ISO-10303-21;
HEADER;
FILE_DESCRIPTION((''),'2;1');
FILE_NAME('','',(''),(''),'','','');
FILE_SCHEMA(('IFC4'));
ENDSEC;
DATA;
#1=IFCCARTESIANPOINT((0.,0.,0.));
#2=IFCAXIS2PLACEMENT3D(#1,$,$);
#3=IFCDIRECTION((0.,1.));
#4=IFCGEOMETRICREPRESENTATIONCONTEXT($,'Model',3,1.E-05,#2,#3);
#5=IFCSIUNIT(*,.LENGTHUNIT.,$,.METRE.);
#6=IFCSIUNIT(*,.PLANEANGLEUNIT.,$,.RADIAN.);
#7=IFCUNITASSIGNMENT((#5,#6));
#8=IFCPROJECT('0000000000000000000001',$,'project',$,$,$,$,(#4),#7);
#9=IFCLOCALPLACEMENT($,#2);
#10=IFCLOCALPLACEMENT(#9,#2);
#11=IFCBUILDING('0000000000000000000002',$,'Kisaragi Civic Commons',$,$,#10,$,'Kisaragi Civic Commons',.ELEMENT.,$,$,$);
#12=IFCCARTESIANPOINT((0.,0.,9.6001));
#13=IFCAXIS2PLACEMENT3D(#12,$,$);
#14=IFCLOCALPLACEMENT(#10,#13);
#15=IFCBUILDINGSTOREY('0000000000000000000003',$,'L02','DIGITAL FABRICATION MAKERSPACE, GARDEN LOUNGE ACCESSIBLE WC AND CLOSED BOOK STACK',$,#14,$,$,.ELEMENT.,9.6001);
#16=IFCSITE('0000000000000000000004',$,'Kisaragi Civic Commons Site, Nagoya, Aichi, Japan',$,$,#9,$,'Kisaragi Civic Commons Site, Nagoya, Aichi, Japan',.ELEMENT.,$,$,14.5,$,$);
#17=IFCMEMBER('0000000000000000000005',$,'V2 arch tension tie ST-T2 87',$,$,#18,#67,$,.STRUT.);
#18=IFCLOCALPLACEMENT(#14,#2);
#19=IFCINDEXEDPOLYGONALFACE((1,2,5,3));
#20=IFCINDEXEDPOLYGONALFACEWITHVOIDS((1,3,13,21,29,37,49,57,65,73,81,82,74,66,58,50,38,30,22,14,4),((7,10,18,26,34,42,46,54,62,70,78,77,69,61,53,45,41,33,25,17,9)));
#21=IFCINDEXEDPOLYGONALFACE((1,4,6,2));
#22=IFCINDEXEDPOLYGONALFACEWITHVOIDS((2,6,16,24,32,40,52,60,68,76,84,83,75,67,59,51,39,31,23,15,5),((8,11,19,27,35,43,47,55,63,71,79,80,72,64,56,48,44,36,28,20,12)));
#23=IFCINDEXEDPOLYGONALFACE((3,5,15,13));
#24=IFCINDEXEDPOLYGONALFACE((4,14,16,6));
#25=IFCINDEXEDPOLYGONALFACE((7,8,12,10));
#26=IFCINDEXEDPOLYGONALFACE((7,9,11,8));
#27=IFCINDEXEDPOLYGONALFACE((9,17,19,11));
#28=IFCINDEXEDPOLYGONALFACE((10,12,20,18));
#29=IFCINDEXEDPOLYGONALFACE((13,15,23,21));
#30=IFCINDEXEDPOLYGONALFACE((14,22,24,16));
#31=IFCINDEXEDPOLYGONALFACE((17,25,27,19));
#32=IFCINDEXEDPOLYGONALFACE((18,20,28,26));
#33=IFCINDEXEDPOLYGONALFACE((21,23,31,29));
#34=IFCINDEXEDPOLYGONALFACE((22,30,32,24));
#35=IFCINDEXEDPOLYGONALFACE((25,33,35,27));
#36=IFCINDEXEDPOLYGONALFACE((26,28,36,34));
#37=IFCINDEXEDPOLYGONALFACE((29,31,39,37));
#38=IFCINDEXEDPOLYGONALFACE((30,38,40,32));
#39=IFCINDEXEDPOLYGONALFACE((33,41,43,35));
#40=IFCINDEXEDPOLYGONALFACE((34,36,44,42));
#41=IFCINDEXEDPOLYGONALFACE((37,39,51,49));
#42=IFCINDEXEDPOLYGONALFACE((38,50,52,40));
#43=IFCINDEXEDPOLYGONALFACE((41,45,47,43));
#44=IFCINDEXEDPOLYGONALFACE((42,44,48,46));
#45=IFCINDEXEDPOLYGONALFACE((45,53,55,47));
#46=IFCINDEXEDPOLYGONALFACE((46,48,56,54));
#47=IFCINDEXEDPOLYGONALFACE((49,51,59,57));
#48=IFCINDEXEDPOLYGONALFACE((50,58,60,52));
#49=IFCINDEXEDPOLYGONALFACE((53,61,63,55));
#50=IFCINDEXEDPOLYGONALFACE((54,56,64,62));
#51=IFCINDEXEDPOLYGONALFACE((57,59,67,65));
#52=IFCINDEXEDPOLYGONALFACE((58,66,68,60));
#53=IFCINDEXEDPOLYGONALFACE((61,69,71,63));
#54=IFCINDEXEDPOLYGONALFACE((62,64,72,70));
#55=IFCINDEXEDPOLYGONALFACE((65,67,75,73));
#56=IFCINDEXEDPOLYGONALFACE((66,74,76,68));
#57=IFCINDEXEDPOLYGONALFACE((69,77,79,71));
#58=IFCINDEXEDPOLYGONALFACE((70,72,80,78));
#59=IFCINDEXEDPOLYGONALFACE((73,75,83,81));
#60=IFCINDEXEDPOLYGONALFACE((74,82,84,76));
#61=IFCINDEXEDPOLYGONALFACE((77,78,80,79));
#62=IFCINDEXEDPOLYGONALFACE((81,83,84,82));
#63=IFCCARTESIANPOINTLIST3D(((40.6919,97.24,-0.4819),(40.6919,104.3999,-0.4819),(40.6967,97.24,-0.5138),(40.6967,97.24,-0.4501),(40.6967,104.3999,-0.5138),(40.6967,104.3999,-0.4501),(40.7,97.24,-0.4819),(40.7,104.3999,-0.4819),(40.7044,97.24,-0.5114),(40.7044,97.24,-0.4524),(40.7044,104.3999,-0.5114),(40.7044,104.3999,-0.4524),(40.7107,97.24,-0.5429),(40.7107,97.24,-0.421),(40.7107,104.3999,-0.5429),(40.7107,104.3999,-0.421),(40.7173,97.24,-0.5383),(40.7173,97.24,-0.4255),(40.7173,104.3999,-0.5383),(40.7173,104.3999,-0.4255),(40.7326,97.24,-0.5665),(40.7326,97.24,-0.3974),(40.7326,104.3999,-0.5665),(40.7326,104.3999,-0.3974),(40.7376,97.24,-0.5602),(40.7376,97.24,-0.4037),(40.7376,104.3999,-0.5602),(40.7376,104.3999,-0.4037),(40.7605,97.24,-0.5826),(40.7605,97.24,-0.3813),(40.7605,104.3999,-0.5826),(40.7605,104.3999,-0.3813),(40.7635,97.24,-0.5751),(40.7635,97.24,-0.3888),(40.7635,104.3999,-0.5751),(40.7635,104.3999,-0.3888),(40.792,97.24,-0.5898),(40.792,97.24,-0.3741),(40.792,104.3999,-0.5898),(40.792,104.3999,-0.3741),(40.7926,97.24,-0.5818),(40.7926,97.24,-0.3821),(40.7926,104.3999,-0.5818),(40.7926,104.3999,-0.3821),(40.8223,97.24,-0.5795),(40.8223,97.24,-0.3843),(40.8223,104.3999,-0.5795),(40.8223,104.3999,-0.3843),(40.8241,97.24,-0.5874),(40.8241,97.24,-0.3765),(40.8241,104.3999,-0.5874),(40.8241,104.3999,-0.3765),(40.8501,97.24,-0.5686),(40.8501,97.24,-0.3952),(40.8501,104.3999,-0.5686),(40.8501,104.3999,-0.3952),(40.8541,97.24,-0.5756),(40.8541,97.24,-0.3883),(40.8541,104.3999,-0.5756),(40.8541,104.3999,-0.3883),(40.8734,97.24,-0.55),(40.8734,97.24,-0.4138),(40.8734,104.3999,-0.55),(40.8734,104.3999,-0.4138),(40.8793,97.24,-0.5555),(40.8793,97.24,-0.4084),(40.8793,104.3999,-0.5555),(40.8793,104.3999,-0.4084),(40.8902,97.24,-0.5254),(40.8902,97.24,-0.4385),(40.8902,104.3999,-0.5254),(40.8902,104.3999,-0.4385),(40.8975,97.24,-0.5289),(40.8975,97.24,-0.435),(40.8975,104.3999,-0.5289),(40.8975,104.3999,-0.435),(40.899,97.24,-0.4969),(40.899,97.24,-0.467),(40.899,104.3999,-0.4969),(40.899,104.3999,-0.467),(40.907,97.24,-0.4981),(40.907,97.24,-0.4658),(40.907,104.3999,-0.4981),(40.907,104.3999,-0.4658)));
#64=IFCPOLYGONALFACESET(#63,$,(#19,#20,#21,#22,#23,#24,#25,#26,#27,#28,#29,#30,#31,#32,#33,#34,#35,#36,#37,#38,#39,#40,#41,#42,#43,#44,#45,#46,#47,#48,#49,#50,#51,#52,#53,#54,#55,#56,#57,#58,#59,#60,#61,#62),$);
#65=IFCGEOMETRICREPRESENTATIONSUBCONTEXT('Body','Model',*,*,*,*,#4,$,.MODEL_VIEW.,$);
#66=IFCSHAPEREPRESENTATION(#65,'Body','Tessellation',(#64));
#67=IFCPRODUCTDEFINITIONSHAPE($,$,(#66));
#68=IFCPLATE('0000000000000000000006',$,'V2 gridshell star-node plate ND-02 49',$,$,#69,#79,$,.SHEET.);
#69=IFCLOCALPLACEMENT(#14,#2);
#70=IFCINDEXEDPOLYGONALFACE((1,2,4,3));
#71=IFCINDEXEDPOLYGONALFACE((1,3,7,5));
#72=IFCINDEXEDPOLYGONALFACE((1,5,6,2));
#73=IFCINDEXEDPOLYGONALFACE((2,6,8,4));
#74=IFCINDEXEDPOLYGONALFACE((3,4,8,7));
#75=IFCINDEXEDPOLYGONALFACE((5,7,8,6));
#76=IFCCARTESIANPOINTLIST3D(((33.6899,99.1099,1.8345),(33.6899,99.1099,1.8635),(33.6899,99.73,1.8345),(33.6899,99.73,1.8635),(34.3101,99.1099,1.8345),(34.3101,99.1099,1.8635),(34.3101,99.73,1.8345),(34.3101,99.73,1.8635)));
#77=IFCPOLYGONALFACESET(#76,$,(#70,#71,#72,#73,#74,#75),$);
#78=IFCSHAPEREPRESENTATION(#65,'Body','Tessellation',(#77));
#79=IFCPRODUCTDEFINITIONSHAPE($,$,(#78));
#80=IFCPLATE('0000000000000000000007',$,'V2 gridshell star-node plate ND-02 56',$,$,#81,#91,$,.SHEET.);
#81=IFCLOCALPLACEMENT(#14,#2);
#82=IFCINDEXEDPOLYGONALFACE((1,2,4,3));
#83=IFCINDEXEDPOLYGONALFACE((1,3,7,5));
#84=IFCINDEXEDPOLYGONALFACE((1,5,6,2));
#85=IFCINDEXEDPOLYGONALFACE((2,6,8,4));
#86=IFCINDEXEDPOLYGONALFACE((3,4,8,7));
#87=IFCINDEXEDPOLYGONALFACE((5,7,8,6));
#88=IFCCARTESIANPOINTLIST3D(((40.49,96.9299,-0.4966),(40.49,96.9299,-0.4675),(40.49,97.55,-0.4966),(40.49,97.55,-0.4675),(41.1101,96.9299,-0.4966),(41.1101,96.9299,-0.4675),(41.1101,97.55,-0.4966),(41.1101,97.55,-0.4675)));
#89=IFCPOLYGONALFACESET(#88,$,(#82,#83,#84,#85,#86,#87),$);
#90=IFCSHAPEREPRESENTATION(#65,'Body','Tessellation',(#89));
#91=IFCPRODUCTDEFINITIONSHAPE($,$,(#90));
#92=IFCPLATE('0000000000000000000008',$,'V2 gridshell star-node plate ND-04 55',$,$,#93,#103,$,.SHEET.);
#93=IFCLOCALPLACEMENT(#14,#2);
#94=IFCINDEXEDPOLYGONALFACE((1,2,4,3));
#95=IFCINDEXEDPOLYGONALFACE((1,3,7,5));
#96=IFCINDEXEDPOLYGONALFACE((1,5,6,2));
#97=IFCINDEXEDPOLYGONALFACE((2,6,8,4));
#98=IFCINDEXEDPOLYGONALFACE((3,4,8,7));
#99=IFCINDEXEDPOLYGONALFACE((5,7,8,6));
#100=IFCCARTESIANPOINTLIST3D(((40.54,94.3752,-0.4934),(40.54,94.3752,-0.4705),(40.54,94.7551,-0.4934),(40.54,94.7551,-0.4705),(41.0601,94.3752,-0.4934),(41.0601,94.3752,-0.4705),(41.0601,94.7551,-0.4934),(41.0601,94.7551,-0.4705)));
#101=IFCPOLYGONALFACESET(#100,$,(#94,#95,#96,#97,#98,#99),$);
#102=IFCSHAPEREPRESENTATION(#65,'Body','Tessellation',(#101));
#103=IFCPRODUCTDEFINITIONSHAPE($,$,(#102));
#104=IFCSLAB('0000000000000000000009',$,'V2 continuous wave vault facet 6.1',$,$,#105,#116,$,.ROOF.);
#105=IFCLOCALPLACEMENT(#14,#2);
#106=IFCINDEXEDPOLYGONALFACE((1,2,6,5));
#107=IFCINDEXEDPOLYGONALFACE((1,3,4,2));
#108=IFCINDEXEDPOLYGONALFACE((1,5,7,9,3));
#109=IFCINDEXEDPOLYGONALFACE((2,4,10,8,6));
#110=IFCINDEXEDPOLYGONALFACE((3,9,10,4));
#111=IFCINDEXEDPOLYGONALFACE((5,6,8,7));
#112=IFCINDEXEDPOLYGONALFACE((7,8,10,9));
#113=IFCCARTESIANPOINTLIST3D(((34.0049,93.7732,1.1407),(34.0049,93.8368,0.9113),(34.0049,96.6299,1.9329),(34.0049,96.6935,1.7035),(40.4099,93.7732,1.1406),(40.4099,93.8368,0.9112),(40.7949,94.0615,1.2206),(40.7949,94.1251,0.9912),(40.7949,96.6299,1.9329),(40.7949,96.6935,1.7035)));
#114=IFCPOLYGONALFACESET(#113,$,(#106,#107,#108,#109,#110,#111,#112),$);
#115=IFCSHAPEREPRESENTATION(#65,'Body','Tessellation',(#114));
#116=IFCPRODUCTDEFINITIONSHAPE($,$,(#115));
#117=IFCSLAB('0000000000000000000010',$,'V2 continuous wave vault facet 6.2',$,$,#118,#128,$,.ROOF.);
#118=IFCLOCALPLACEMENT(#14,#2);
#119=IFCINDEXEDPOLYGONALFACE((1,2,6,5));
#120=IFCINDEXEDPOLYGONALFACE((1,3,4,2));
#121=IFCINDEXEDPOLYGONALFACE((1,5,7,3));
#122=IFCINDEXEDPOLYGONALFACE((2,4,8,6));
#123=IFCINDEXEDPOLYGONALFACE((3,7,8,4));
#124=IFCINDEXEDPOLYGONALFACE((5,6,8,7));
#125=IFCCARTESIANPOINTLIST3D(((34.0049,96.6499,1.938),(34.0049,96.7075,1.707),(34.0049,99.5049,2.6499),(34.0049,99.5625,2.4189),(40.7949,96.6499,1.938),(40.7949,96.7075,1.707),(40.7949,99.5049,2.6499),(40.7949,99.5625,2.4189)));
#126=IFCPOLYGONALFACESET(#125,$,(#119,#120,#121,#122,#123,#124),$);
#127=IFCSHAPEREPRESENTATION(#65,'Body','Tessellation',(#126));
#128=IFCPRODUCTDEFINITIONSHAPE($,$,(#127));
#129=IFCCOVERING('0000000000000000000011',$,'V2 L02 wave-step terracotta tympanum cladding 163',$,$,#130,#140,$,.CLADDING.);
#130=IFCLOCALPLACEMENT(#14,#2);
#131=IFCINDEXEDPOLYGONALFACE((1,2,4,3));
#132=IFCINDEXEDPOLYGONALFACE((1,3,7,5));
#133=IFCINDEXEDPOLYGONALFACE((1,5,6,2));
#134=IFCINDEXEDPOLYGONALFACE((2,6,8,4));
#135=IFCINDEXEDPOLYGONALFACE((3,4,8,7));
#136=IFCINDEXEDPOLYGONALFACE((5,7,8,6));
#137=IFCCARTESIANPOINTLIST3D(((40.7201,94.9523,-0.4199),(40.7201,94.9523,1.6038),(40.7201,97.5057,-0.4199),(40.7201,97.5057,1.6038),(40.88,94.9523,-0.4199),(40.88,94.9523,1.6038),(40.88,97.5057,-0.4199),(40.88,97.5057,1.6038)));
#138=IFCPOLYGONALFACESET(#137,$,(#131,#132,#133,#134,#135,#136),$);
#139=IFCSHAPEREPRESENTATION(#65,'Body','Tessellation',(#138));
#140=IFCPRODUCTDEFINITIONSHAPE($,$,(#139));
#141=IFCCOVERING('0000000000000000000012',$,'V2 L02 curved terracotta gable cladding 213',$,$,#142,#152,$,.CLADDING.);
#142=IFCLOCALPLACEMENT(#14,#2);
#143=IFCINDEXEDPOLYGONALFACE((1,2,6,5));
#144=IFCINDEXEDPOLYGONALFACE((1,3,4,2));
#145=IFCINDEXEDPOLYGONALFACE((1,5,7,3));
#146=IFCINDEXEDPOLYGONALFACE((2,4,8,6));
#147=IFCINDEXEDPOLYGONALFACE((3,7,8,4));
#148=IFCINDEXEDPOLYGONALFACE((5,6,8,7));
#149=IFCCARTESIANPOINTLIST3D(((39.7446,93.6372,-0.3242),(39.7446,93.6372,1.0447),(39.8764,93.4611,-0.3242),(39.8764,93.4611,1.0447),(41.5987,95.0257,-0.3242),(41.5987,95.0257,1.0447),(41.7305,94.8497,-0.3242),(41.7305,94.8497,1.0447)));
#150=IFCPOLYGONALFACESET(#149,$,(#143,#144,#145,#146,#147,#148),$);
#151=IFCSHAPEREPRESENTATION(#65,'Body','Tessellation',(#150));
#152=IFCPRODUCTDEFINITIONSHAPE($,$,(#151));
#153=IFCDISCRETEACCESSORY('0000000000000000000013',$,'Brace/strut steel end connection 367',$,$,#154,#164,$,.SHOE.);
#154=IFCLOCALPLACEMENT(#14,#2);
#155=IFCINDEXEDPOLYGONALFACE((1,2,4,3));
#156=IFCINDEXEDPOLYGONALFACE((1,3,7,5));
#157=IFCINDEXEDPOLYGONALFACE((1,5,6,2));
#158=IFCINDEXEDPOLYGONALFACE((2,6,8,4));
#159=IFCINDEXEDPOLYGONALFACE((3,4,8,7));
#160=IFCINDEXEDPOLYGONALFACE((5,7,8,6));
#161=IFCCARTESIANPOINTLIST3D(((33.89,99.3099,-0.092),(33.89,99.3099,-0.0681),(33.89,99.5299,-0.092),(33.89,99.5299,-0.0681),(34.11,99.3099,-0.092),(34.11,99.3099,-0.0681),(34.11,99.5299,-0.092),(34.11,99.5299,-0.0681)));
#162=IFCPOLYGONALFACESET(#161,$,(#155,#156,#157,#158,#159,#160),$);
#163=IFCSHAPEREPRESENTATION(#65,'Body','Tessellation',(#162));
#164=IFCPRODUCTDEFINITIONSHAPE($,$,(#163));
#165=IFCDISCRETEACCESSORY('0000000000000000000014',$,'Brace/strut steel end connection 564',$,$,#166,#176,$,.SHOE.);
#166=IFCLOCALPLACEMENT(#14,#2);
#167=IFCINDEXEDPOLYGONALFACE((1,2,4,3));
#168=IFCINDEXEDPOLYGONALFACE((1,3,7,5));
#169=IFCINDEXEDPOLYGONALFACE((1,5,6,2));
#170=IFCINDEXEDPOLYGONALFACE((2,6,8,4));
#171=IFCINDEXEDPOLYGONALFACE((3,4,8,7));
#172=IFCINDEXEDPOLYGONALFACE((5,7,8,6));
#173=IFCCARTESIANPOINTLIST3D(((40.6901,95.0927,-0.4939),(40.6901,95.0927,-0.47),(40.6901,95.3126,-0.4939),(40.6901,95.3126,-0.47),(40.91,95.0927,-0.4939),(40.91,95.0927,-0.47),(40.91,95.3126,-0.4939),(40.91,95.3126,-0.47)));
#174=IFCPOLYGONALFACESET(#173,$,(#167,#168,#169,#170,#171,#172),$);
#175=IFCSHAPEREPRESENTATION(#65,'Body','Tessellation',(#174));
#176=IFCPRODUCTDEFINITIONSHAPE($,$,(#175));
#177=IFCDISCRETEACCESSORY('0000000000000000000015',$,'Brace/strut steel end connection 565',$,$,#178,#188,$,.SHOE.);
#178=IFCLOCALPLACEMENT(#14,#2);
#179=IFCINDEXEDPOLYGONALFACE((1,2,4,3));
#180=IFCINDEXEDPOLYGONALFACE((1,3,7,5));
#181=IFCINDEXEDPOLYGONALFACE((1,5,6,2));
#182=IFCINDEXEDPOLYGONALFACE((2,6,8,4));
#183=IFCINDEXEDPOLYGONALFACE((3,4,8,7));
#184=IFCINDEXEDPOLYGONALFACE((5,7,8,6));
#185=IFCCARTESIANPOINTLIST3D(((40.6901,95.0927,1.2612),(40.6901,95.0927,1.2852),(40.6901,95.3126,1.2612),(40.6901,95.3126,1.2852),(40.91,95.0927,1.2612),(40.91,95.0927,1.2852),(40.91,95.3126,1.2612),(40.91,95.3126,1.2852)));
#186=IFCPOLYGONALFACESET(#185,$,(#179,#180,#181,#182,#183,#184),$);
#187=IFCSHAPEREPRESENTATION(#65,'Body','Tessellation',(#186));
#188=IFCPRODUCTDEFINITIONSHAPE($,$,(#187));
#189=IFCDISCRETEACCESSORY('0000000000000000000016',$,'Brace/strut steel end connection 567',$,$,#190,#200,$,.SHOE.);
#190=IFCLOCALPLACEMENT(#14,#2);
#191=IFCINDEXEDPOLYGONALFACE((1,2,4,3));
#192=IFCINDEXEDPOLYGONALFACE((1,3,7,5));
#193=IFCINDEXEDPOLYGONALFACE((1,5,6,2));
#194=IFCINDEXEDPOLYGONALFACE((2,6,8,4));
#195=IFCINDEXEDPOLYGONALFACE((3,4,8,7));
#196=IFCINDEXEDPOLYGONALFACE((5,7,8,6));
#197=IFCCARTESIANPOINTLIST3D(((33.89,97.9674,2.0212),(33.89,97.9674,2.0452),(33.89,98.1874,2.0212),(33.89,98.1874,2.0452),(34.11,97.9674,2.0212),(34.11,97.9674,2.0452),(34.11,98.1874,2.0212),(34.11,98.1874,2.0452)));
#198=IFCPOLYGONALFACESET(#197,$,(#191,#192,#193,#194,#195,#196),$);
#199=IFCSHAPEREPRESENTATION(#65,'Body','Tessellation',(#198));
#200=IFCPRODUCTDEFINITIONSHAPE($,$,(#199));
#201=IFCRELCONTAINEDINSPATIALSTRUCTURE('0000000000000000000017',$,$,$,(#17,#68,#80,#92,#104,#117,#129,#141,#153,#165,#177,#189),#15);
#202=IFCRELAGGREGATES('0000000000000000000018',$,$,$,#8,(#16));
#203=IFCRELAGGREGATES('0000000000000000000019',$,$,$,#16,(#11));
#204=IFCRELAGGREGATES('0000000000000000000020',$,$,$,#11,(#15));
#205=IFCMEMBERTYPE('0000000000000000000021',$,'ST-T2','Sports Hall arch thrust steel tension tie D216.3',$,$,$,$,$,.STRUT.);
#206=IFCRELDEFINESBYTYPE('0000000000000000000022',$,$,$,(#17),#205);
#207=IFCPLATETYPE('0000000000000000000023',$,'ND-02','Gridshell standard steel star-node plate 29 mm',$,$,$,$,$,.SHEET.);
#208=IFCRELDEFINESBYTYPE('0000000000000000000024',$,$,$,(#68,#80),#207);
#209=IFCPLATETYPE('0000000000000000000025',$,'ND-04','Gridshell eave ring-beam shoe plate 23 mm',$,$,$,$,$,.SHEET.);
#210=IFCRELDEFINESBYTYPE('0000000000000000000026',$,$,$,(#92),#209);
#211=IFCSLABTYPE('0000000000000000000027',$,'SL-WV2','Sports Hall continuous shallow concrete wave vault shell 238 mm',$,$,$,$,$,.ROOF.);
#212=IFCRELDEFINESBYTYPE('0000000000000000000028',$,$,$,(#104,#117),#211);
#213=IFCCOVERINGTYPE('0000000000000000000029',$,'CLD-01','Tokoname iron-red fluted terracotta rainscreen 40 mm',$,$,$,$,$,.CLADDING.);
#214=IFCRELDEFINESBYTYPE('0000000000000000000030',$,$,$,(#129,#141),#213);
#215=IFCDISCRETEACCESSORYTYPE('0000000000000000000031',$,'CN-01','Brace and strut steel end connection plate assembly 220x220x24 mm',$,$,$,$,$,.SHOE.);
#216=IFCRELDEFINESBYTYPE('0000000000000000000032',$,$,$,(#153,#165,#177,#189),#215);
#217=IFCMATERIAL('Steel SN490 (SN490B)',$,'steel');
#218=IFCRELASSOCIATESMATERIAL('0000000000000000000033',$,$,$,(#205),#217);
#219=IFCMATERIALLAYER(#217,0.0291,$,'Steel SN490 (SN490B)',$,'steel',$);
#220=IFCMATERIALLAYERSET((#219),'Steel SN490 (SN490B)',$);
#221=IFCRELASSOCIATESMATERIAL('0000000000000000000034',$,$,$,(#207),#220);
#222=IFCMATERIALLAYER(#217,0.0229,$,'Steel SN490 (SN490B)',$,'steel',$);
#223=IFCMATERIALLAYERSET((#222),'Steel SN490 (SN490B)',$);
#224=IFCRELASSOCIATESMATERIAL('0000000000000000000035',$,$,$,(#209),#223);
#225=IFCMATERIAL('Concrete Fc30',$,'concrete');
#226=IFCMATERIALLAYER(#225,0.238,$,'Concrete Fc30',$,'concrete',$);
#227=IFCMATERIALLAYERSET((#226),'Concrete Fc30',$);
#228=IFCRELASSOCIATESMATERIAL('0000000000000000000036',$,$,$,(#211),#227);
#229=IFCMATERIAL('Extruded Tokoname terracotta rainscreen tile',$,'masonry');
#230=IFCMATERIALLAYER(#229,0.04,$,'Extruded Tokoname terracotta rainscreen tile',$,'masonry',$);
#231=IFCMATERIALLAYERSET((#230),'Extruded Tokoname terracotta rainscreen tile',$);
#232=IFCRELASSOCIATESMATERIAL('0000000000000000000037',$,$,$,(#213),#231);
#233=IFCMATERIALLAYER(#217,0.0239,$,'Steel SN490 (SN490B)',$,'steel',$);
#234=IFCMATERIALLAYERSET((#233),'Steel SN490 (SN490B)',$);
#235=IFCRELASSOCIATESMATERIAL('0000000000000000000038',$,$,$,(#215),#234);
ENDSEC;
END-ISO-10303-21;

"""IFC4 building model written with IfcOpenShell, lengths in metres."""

from ifc_helpers import new_model, si_unit, direction, frame, origin, origin_2d, place, context, subcontext, project, spatial, polyline, rectangle, hollow_circle, outline, extrude, material, layer, layer_set, material_profile, profile_set, type_object, element, save


model = new_model("IFC4")

# Units and contexts
model_context = context("Model", 3, precision=1e-05, world=origin(), true_north=direction((0.0, 1.0)))
body_context = subcontext(model_context, "Body", "Model", "MODEL_VIEW")
ifc_project = project(units=[si_unit("LENGTHUNIT", "METRE"), si_unit("PLANEANGLEUNIT", "RADIAN")], contexts=[model_context])

# Site, building, storey
site_placement = place(None, origin())
site = spatial("IfcSite", under=ifc_project, at=site_placement, Name="Kisaragi Civic Commons Site, Nagoya, Aichi, Japan", LongName="Kisaragi Civic Commons Site, Nagoya, Aichi, Japan", CompositionType="ELEMENT", RefElevation=14.5)
building_placement = place(site_placement, origin())
building = spatial("IfcBuilding", under=site, at=building_placement, Name="Kisaragi Civic Commons", LongName="Kisaragi Civic Commons", CompositionType="ELEMENT")
storey_placement = place(building_placement, frame((0.0, 0.0, 9.6001)))
storey = spatial("IfcBuildingStorey", under=building, at=storey_placement, Name="L02", Description="DIGITAL FABRICATION MAKERSPACE, GARDEN LOUNGE ACCESSIBLE WC AND CLOSED BOOK STACK", CompositionType="ELEMENT", Elevation=9.6001)

# Member
ifc_material_1 = material(Name="Steel SN490 (SN490B)", Category="steel")
ifc_material_profile_1 = material_profile(ifc_material_1, hollow_circle(Radius=0.1082, WallThickness=0.0081, at=origin_2d()), Name="CHS-216.3x8.0", Category="steel")
ifc_profile_set_1 = profile_set([ifc_material_profile_1], Name="Steel SN490 (SN490B)")
member_type_1 = type_object("IfcMemberType", Name="ST-T2", Description="Sports Hall arch thrust steel tension tie D216.3", PredefinedType="STRUT", material=ifc_profile_set_1)
member_1_placement = place(storey_placement, frame((40.8, 97.24, -0.4819), z_axis=(0.0, 1.0, 0.0), x_axis=(-1.0, 0.0, 0.0)))
element("IfcMember", 1, at=member_1_placement, inside=storey, type_object=member_type_1, Name="V2 arch tension tie ST-T2 87", PredefinedType="STRUT", context=body_context, shape_type="SweptSolid", body=[
    extrude(hollow_circle(Radius=0.1082, WallThickness=0.0081, at=origin_2d()), origin(), (0.0, 0.0, 1.0), 7.1599),
])

# Plates
ifc_layer_1 = layer(ifc_material_1, 0.0291, Name="Steel SN490 (SN490B)", Category="steel")
ifc_layer_set_1 = layer_set([ifc_layer_1], Name="Steel SN490 (SN490B)")
plate_type_1 = type_object("IfcPlateType", Name="ND-02", Description="Gridshell standard steel star-node plate 29 mm", PredefinedType="SHEET", material=ifc_layer_set_1)
for number, where, z_axis, x_axis, name in (
    (2, (34.0, 99.4199, 1.8345), (0.0, 0.0, 1.0), (1.0, 0.0, 0.0), "V2 gridshell star-node plate ND-02 49"),
    (3, (40.8, 97.24, -0.4966), (0.0, 0.0, 1.0), (1.0, 0.0, 0.0), "V2 gridshell star-node plate ND-02 56"),
):
    element("IfcPlate", number, at=place(storey_placement, frame(where, z_axis=z_axis, x_axis=x_axis)), inside=storey, type_object=plate_type_1, Name=name, PredefinedType="SHEET", context=body_context, shape_type="SweptSolid", body=[
        extrude(rectangle(XDim=0.6201, YDim=0.6201, at=origin_2d()), origin(), (0.0, 0.0, 1.0), 0.0291),
    ])
ifc_layer_2 = layer(ifc_material_1, 0.0229, Name="Steel SN490 (SN490B)", Category="steel")
ifc_layer_set_2 = layer_set([ifc_layer_2], Name="Steel SN490 (SN490B)")
plate_type_2 = type_object("IfcPlateType", Name="ND-04", Description="Gridshell eave ring-beam shoe plate 23 mm", PredefinedType="SHEET", material=ifc_layer_set_2)
plate_placement = place(storey_placement, frame((40.8, 94.5652, -0.4934), z_axis=(0.0, 0.0, 1.0), x_axis=(1.0, 0.0, 0.0)))
element("IfcPlate", 4, at=plate_placement, inside=storey, type_object=plate_type_2, Name="V2 gridshell star-node plate ND-04 55", PredefinedType="SHEET", context=body_context, shape_type="SweptSolid", body=[
    extrude(rectangle(XDim=0.52, YDim=0.3799, at=origin_2d()), origin(), (0.0, 0.0, 1.0), 0.0229),
])

# Slabs
ifc_material_2 = material(Name="Concrete Fc30", Category="concrete")
ifc_layer_3 = layer(ifc_material_2, 0.238, Name="Concrete Fc30", Category="concrete")
ifc_layer_set_3 = layer_set([ifc_layer_3], Name="Concrete Fc30")
slab_type = type_object("IfcSlabType", Name="SL-WV2", Description="Sports Hall continuous shallow concrete wave vault shell 238 mm", PredefinedType="ROOF", material=ifc_layer_set_3)
slab_1_placement = place(storey_placement, frame((40.7949, 96.6299, 1.9329), z_axis=(0.000009, -0.267241, 0.96363), x_axis=(-1.0, -0.000002, 0.000009)))
element("IfcSlab", 5, at=slab_1_placement, inside=storey, type_object=slab_type, Name="V2 continuous wave vault facet 6.1", PredefinedType="ROOF", context=body_context, shape_type="SweptSolid", body=[
    extrude(outline(polyline([(0.0, 0.0), (6.79, 0.0), (6.79, 2.9645), (0.385, 2.9645), (0.0, 2.6653), (0.0, 0.0)])), origin(), (0.0, 0.0, -1.0), 0.238),
])
slab_2_placement = place(storey_placement, frame((40.7949, 99.5049, 2.6499), z_axis=(0.0, -0.24195, 0.970289), x_axis=(-1.0, 0.0, 0.0)))
element("IfcSlab", 6, at=slab_2_placement, inside=storey, type_object=slab_type, Name="V2 continuous wave vault facet 6.2", PredefinedType="ROOF", context=body_context, shape_type="SweptSolid", body=[
    extrude(outline(polyline([(0.0, 0.0), (6.79, 0.0), (6.79, 2.9424), (0.0, 2.9424), (0.0, 0.0)])), origin(), (0.0, 0.0, -1.0), 0.238),
])

# Coverings
ifc_material_3 = material(Name="Extruded Tokoname terracotta rainscreen tile", Category="masonry")
ifc_layer_4 = layer(ifc_material_3, 0.04, Name="Extruded Tokoname terracotta rainscreen tile", Category="masonry")
ifc_layer_set_4 = layer_set([ifc_layer_4], Name="Extruded Tokoname terracotta rainscreen tile")
covering_type = type_object("IfcCoveringType", Name="CLD-01", Description="Tokoname iron-red fluted terracotta rainscreen 40 mm", PredefinedType="CLADDING", material=ifc_layer_set_4)
covering_1_placement = place(storey_placement, frame((40.8, 96.229, -0.4199), z_axis=(0.0, 0.0, 1.0), x_axis=(0.0, 1.0, 0.0)))
element("IfcCovering", 7, at=covering_1_placement, inside=storey, type_object=covering_type, Name="V2 L02 wave-step terracotta tympanum cladding 163", PredefinedType="CLADDING", context=body_context, shape_type="SweptSolid", body=[
    extrude(rectangle(XDim=2.5535, YDim=0.1599, at=origin_2d()), origin(), (0.0, 0.0, 1.0), 2.0237),
])
covering_2_placement = place(storey_placement, frame((40.7375, 94.2434, -0.3242), z_axis=(0.0, 0.0, 1.0), x_axis=(-0.800418, -0.599443, 0.0)))
element("IfcCovering", 8, at=covering_2_placement, inside=storey, type_object=covering_type, Name="V2 L02 curved terracotta gable cladding 213", PredefinedType="CLADDING", context=body_context, shape_type="SweptSolid", body=[
    extrude(rectangle(XDim=2.3164, YDim=0.22, at=origin_2d()), origin(), (0.0, 0.0, 1.0), 1.3689),
])

# Discrete accessories
ifc_layer_5 = layer(ifc_material_1, 0.0239, Name="Steel SN490 (SN490B)", Category="steel")
ifc_layer_set_5 = layer_set([ifc_layer_5], Name="Steel SN490 (SN490B)")
discrete_accessory_type = type_object("IfcDiscreteAccessoryType", Name="CN-01", Description="Brace and strut steel end connection plate assembly 220x220x24 mm", PredefinedType="SHOE", material=ifc_layer_set_5)
for number, where, z_axis, x_axis, name in (
    (9, (34.0, 99.4199, -0.092), (0.0, 0.0, 1.0), (1.0, 0.0, 0.0), "Brace/strut steel end connection 367"),
    (10, (40.8, 95.2026, -0.4939), (0.0, 0.0, 1.0), (1.0, 0.0, 0.0), "Brace/strut steel end connection 564"),
    (11, (40.8, 95.2026, 1.2612), (0.0, 0.0, 1.0), (1.0, 0.0, 0.0), "Brace/strut steel end connection 565"),
    (12, (34.0, 98.0774, 2.0212), (0.0, 0.0, 1.0), (1.0, 0.0, 0.0), "Brace/strut steel end connection 567"),
):
    element("IfcDiscreteAccessory", number, at=place(storey_placement, frame(where, z_axis=z_axis, x_axis=x_axis)), inside=storey, type_object=discrete_accessory_type, Name=name, PredefinedType="SHOE", context=body_context, shape_type="SweptSolid", body=[
        extrude(rectangle(XDim=0.22, YDim=0.22, at=origin_2d()), origin(), (0.0, 0.0, 1.0), 0.0239),
    ])

save(model, "model.ifc")
